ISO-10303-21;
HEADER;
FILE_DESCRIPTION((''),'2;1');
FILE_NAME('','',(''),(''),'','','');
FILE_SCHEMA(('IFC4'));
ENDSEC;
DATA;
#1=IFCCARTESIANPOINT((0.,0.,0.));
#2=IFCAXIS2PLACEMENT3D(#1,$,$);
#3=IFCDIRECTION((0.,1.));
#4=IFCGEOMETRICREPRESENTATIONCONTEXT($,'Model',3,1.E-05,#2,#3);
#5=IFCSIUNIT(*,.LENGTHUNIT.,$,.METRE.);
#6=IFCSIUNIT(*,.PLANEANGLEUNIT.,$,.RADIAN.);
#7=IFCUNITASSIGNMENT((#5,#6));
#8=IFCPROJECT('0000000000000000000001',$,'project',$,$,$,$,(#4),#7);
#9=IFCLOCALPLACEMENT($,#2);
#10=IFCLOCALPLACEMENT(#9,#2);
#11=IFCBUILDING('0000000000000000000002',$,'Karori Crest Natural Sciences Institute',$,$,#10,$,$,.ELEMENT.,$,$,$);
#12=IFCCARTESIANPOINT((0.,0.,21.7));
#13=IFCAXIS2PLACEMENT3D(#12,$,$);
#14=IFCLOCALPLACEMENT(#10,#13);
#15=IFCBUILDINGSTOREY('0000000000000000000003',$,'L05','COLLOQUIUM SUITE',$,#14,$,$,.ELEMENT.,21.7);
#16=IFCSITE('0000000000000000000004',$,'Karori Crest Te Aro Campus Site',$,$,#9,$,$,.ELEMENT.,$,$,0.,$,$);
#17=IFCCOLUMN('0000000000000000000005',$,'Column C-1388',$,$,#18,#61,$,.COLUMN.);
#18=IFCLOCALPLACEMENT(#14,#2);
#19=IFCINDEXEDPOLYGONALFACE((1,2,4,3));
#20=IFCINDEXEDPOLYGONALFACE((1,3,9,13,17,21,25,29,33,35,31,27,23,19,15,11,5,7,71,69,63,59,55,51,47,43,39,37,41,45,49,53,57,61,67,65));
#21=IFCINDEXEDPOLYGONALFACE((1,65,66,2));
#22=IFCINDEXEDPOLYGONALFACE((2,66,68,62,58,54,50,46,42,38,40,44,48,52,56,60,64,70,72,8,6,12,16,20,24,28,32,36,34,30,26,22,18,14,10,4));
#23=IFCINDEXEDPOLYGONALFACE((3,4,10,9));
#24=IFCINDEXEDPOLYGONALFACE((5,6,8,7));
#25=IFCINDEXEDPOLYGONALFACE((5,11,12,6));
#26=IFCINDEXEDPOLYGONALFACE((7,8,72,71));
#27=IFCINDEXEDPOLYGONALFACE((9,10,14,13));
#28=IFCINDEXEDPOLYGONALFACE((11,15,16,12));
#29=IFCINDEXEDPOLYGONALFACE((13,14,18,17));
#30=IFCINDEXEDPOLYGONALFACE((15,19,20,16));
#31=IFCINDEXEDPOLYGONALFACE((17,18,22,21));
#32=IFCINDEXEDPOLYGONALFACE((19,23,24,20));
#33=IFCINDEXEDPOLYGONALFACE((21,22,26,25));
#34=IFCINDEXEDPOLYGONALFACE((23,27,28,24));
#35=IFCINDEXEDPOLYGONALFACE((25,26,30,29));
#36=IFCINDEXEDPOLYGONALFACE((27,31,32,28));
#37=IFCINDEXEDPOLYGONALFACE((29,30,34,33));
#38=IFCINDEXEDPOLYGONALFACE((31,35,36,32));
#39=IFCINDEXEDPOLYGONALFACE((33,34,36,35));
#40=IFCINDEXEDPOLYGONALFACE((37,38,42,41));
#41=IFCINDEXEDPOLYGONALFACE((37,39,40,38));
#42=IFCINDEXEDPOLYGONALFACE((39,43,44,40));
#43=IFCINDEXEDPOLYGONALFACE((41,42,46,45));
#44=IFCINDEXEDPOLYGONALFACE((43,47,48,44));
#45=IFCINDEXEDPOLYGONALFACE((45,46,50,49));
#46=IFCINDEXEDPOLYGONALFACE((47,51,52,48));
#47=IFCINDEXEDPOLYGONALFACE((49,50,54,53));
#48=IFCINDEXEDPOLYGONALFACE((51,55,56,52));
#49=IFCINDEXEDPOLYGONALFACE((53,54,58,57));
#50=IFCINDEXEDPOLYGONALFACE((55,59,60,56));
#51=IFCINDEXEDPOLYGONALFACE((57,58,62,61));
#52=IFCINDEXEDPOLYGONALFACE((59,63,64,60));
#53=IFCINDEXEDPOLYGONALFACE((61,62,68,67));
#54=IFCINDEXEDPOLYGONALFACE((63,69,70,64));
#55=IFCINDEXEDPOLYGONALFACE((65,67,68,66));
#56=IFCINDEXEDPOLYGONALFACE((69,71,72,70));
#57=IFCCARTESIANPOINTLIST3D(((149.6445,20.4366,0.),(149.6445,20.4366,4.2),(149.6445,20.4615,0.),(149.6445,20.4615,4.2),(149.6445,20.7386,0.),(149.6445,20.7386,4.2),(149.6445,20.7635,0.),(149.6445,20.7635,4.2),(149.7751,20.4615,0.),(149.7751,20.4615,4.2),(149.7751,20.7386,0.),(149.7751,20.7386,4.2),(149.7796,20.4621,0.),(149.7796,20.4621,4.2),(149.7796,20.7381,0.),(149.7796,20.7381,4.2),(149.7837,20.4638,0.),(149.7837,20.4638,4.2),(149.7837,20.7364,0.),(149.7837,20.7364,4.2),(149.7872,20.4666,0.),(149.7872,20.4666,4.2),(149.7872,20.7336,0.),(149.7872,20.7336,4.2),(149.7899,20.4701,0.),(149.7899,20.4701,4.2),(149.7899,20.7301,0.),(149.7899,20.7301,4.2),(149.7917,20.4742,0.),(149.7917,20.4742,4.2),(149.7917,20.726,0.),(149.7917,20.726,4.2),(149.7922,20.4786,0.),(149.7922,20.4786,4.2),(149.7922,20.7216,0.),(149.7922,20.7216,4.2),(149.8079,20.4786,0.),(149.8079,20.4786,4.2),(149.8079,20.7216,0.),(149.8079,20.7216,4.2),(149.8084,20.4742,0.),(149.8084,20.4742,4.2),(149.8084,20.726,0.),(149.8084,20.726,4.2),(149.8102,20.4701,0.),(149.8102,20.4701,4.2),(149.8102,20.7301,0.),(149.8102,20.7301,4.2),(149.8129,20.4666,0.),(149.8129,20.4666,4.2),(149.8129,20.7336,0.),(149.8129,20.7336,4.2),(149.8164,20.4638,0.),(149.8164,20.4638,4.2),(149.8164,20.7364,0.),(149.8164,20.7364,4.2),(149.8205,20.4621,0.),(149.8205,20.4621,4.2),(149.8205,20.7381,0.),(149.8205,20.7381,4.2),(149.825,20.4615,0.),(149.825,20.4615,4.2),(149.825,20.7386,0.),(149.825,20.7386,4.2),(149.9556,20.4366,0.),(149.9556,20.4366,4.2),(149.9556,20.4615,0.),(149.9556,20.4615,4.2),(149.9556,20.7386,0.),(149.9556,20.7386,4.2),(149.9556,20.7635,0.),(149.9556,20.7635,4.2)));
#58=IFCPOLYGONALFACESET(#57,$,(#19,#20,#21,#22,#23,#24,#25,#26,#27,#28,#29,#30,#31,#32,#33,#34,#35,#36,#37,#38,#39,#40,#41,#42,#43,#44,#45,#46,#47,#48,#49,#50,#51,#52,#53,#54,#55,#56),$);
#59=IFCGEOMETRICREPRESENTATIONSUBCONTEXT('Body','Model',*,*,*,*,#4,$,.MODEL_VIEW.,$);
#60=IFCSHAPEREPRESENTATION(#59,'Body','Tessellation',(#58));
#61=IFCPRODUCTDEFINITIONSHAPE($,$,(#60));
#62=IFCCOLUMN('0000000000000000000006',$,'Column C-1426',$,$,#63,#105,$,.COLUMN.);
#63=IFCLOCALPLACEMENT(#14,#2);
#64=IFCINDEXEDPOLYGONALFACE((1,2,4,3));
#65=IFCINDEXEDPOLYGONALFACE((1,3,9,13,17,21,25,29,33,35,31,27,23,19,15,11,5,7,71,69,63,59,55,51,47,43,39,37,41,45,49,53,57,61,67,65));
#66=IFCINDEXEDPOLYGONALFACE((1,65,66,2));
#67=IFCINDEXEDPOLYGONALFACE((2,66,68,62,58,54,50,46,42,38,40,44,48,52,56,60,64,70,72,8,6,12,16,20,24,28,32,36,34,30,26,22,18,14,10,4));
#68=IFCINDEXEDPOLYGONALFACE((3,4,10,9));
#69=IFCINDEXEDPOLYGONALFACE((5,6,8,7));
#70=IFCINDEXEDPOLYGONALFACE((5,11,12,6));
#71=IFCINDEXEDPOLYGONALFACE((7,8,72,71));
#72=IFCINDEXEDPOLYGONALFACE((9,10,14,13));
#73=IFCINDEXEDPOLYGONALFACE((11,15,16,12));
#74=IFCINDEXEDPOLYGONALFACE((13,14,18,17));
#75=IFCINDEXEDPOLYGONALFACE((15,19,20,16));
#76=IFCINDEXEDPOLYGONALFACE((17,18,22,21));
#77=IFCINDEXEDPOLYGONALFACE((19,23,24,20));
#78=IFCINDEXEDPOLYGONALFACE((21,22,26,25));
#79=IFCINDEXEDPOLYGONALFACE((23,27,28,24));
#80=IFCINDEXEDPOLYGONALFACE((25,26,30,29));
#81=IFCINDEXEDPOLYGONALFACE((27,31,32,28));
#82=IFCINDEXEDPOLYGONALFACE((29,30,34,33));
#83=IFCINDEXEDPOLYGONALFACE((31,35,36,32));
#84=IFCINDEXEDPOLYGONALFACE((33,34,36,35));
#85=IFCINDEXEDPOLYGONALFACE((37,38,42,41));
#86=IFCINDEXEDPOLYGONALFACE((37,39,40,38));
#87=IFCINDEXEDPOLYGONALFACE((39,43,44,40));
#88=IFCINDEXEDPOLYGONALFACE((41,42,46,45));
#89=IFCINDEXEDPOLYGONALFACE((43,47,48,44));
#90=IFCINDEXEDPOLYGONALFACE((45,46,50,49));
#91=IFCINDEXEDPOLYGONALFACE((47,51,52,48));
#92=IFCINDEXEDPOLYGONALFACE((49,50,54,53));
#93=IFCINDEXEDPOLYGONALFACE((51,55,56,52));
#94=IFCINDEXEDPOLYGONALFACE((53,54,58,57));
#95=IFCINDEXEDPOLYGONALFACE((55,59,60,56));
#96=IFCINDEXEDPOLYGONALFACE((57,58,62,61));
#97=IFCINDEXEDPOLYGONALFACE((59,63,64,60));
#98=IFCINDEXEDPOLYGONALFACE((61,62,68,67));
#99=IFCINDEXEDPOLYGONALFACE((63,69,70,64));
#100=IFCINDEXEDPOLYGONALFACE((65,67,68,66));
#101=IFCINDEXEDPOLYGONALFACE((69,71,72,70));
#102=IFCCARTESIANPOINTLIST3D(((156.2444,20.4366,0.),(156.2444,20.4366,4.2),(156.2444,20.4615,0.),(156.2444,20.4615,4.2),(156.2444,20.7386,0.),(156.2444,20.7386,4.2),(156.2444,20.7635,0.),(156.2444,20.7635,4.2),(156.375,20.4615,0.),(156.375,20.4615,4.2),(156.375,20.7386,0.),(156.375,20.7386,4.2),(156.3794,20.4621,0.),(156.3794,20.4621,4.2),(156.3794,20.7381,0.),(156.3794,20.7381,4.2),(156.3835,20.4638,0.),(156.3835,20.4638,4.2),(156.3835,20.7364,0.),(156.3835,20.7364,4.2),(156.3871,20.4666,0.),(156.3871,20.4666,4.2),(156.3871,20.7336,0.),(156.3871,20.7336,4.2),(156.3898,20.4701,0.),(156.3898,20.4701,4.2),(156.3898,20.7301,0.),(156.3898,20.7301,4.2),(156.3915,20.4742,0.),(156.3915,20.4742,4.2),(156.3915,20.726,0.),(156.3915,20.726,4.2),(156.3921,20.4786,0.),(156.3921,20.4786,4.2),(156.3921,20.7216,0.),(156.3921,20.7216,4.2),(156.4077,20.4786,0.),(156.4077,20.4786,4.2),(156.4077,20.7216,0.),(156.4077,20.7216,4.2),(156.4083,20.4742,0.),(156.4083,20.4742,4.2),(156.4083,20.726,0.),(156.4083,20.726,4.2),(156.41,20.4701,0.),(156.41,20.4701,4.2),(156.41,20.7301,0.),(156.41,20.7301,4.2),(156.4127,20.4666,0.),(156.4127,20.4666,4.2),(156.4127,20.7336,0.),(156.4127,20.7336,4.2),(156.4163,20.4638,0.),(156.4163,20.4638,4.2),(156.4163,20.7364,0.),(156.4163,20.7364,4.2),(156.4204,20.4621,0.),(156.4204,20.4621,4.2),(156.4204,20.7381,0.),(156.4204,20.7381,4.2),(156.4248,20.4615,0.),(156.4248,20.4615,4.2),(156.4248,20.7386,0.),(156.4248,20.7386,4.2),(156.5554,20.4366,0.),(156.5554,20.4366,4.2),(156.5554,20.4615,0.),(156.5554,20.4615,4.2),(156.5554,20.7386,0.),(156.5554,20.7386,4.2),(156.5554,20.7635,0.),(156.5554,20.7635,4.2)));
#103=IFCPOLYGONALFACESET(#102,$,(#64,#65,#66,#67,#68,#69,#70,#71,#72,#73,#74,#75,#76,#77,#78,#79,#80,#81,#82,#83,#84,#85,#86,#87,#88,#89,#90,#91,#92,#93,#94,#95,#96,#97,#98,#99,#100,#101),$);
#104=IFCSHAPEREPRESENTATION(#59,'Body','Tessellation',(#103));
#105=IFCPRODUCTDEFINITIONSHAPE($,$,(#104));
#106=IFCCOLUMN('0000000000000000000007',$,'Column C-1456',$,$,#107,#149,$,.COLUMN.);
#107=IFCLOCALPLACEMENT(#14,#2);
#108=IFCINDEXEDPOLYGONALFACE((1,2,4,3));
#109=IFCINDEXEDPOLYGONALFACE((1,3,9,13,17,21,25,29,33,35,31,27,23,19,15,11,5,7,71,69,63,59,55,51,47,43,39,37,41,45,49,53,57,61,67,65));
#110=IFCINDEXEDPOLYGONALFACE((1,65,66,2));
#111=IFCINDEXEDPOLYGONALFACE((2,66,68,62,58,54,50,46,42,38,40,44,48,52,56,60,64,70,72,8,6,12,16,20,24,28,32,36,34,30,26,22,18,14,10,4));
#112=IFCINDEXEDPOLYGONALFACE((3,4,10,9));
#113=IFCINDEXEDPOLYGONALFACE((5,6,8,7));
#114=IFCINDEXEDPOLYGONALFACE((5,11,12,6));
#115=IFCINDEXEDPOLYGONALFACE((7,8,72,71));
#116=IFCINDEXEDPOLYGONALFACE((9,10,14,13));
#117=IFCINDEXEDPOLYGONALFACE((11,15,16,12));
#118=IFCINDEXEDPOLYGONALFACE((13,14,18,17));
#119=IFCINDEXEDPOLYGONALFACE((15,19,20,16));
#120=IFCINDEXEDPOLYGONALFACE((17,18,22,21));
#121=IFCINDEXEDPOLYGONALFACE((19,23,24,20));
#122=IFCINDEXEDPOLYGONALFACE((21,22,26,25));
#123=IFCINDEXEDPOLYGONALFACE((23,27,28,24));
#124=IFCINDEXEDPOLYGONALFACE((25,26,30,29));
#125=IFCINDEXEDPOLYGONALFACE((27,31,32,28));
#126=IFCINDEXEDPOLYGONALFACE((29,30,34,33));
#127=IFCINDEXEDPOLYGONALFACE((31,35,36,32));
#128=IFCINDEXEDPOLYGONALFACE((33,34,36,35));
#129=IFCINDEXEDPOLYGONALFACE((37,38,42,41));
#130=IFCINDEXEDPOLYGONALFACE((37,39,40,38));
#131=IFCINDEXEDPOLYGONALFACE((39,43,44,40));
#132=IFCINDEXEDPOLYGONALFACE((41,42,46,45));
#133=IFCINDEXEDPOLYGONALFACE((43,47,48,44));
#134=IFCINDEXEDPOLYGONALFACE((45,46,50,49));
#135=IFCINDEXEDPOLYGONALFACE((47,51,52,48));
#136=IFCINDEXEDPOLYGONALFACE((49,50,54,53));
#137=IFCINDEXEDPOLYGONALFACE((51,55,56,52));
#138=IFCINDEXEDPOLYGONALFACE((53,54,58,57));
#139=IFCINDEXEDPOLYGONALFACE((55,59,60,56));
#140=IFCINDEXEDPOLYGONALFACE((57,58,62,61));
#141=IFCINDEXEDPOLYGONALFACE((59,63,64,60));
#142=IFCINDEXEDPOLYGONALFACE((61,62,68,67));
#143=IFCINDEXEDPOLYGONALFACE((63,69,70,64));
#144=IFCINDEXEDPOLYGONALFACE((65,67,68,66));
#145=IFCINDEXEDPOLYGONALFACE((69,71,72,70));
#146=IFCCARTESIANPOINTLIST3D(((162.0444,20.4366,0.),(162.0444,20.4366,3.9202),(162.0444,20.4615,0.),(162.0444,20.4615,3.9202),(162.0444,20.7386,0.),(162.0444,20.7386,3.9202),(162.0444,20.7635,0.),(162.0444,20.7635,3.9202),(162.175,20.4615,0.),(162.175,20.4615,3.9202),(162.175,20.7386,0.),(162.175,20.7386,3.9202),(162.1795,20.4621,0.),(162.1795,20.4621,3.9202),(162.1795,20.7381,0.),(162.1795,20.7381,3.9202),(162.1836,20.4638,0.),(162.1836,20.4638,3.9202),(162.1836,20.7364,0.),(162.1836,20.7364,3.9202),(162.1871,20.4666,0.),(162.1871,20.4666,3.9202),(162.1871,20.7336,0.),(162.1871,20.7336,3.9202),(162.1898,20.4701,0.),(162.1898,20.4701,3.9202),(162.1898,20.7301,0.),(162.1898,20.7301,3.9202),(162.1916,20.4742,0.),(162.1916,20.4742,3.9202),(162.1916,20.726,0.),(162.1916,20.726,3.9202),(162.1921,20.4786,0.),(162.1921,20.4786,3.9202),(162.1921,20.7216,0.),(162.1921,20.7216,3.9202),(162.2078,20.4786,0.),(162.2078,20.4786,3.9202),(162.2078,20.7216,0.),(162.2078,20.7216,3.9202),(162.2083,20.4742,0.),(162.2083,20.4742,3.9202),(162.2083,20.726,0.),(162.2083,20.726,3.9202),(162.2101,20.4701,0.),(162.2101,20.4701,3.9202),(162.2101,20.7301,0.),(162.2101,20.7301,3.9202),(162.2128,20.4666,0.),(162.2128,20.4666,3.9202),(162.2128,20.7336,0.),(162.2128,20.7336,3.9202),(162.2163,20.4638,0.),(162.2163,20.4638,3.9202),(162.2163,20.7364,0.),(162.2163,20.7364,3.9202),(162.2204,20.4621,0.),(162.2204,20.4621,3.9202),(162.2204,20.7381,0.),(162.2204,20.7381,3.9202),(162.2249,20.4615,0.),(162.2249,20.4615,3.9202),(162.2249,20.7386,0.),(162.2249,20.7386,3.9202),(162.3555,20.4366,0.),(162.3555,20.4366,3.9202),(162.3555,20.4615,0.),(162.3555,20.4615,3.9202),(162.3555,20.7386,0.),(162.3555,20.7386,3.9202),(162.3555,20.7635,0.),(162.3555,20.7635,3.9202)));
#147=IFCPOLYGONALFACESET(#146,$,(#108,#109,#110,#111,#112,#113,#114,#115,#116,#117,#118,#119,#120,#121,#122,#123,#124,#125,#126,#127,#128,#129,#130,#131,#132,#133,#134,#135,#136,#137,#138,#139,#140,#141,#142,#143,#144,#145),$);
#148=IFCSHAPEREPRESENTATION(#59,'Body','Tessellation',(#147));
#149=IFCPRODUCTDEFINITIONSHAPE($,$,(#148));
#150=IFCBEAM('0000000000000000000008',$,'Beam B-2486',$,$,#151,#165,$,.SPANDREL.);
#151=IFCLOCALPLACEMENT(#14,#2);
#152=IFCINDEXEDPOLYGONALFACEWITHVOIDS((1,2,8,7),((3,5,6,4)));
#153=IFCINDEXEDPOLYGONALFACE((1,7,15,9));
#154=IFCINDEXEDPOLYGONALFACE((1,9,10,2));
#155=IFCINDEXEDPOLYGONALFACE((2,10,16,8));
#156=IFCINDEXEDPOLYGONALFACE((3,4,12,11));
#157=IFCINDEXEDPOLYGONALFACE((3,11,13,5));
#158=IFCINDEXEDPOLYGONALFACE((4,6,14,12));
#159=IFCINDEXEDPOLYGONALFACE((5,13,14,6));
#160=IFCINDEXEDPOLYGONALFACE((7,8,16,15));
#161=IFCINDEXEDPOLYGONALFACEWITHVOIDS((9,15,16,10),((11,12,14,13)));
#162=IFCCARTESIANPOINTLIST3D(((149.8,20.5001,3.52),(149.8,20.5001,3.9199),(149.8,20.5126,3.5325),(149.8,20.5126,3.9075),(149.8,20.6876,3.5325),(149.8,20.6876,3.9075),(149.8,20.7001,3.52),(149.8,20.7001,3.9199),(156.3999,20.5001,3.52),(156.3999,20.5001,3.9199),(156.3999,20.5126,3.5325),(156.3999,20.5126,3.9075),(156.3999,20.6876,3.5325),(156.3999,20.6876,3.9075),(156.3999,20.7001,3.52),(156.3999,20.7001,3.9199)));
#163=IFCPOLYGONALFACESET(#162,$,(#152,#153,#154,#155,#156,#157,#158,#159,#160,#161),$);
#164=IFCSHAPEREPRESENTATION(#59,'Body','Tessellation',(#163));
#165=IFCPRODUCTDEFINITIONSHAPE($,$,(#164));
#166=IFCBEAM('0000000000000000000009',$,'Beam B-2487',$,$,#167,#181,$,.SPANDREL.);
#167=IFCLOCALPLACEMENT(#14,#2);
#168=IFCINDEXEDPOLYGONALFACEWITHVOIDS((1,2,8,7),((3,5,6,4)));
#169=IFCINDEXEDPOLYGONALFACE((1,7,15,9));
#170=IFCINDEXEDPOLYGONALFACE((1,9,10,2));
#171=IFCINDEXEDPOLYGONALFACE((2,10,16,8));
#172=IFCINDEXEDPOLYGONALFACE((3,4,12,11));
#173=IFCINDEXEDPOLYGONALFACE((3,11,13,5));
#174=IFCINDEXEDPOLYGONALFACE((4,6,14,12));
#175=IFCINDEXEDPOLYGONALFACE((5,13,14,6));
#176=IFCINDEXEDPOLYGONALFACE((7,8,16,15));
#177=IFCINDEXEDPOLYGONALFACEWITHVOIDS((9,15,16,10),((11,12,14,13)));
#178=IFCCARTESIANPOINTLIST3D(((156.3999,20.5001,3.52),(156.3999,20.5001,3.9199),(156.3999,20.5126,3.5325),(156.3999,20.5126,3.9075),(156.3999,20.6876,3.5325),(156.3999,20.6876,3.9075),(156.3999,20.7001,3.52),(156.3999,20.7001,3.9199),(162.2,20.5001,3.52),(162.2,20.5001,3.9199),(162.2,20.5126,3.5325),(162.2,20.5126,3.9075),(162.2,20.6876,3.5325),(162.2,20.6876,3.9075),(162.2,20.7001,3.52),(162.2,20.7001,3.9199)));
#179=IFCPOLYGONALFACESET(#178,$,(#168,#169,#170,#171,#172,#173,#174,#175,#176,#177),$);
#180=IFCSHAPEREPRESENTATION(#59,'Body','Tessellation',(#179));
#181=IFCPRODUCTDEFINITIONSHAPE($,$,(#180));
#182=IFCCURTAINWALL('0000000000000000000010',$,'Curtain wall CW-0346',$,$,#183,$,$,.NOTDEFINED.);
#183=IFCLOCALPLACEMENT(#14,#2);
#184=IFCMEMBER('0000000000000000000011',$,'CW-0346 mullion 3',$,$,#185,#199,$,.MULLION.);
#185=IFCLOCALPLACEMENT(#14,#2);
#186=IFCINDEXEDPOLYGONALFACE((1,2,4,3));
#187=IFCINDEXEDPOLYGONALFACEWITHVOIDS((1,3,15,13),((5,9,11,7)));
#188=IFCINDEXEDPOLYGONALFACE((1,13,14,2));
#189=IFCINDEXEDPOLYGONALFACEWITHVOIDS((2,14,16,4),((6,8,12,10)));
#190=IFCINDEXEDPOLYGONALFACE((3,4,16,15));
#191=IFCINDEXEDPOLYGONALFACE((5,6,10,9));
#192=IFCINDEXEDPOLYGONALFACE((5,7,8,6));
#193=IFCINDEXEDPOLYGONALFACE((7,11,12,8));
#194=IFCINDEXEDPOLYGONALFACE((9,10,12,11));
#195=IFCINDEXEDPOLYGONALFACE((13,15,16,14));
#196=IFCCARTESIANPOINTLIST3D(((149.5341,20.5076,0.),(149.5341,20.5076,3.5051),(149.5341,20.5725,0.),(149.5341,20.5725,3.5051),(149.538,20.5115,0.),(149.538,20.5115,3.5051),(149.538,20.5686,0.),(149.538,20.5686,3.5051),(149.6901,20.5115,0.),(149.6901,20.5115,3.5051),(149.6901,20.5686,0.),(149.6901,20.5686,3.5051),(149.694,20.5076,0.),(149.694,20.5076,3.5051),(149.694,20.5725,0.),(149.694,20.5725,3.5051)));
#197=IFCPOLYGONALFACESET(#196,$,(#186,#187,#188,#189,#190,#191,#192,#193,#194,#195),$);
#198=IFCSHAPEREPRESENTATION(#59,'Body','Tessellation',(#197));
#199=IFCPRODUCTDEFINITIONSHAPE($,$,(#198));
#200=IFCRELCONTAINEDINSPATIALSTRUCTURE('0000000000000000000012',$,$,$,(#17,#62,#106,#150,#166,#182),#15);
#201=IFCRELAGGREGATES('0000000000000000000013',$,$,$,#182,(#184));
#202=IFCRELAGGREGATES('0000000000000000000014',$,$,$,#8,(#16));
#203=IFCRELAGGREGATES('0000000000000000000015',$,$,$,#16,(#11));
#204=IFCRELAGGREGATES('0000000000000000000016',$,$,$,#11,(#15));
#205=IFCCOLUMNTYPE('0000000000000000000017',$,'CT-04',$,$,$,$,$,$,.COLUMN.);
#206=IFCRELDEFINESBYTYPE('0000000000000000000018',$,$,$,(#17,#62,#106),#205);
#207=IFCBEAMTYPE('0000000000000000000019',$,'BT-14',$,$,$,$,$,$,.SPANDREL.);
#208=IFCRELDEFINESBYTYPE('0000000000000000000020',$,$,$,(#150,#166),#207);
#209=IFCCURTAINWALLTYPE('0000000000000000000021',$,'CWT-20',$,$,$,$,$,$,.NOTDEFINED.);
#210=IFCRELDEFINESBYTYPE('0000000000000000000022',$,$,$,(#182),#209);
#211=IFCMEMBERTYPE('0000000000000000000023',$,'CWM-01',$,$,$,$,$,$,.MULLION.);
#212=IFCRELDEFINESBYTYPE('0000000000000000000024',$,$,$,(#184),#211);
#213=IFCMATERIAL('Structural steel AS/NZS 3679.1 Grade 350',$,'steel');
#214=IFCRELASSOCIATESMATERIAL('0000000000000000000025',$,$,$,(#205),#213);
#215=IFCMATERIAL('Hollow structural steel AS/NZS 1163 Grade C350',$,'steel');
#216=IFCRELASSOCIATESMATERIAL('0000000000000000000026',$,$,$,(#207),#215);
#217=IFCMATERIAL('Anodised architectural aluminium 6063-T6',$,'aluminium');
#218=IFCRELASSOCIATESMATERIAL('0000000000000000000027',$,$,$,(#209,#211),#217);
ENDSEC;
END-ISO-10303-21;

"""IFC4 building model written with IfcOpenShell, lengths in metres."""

from ifc_helpers import new_model, si_unit, direction, frame, origin, origin_2d, place, context, subcontext, project, spatial, hollow_rectangle, i_section, extrude, material, material_profile, profile_set, type_object, element, aggregate, save


model = new_model("IFC4")

# Units and contexts
model_context = context("Model", 3, precision=1e-05, world=origin(), true_north=direction((0.0, 1.0)))
body_context = subcontext(model_context, "Body", "Model", "MODEL_VIEW")
ifc_project = project(units=[si_unit("LENGTHUNIT", "METRE"), si_unit("PLANEANGLEUNIT", "RADIAN")], contexts=[model_context])

# Site, building, storey
site_placement = place(None, origin())
site = spatial("IfcSite", under=ifc_project, at=site_placement, Name="Karori Crest Te Aro Campus Site", CompositionType="ELEMENT", RefElevation=0.0)
building_placement = place(site_placement, origin())
building = spatial("IfcBuilding", under=site, at=building_placement, Name="Karori Crest Natural Sciences Institute", CompositionType="ELEMENT")
storey_placement = place(building_placement, frame((0.0, 0.0, 21.7)))
storey = spatial("IfcBuildingStorey", under=building, at=storey_placement, Name="L05", Description="COLLOQUIUM SUITE", CompositionType="ELEMENT", Elevation=21.7)

# Columns
ifc_material_1 = material(Name="Structural steel AS/NZS 3679.1 Grade 350", Category="steel")
ifc_material_profile_1 = material_profile(ifc_material_1, i_section(OverallWidth=0.311, OverallDepth=0.3269, WebThickness=0.0156, FlangeThickness=0.0249, FilletRadius=0.0171, at=origin_2d()), Name="310UC158")
ifc_profile_set_1 = profile_set([ifc_material_profile_1], Name="Structural steel AS/NZS 3679.1 Grade 350")
column_type = type_object("IfcColumnType", Name="CT-04", PredefinedType="COLUMN", material=ifc_profile_set_1)
for number, where, z_axis, x_axis, name in (
    (1, (149.8, 20.6001, 0.0), (0.0, 0.0, 1.0), (1.0, 0.0, 0.0), "Column C-1388"),
    (2, (156.3999, 20.6001, 0.0), (0.0, 0.0, 1.0), (1.0, 0.0, 0.0), "Column C-1426"),
):
    element("IfcColumn", number, at=place(storey_placement, frame(where, z_axis=z_axis, x_axis=x_axis)), inside=storey, type_object=column_type, Name=name, PredefinedType="COLUMN", context=body_context, shape_type="SweptSolid", body=[
        extrude(i_section(OverallWidth=0.311, OverallDepth=0.3269, WebThickness=0.0156, FlangeThickness=0.0249, FilletRadius=0.0171, at=origin_2d()), origin(), (0.0, 0.0, 1.0), 4.2),
    ])
column_placement = place(storey_placement, frame((162.2, 20.6001, 0.0), z_axis=(0.0, 0.0, 1.0), x_axis=(1.0, 0.0, 0.0)))
element("IfcColumn", 3, at=column_placement, inside=storey, type_object=column_type, Name="Column C-1456", PredefinedType="COLUMN", context=body_context, shape_type="SweptSolid", body=[
    extrude(i_section(OverallWidth=0.311, OverallDepth=0.3269, WebThickness=0.0156, FlangeThickness=0.0249, FilletRadius=0.0171, at=origin_2d()), origin(), (0.0, 0.0, 1.0), 3.9202),
])

# Beams
ifc_material_2 = material(Name="Hollow structural steel AS/NZS 1163 Grade C350", Category="steel")
ifc_material_profile_2 = material_profile(ifc_material_2, hollow_rectangle(XDim=0.2, YDim=0.3999, WallThickness=0.0125, at=origin_2d()), Name="RHS400x200x12.5")
ifc_profile_set_2 = profile_set([ifc_material_profile_2], Name="Hollow structural steel AS/NZS 1163 Grade C350")
beam_type = type_object("IfcBeamType", Name="BT-14", PredefinedType="SPANDREL", material=ifc_profile_set_2)
beam_1_placement = place(storey_placement, frame((149.8, 20.6001, 3.72), z_axis=(1.0, 0.0, 0.0), x_axis=(0.0, 1.0, 0.0)))
element("IfcBeam", 4, at=beam_1_placement, inside=storey, type_object=beam_type, Name="Beam B-2486", PredefinedType="SPANDREL", context=body_context, shape_type="SweptSolid", body=[
    extrude(hollow_rectangle(XDim=0.2, YDim=0.3999, WallThickness=0.0125, at=origin_2d()), origin(), (0.0, 0.0, 1.0), 6.5999),
])
beam_2_placement = place(storey_placement, frame((156.3999, 20.6001, 3.72), z_axis=(1.0, 0.0, 0.0), x_axis=(0.0, 1.0, 0.0)))
element("IfcBeam", 5, at=beam_2_placement, inside=storey, type_object=beam_type, Name="Beam B-2487", PredefinedType="SPANDREL", context=body_context, shape_type="SweptSolid", body=[
    extrude(hollow_rectangle(XDim=0.2, YDim=0.3999, WallThickness=0.0125, at=origin_2d()), origin(), (0.0, 0.0, 1.0), 5.8),
])

# Curtain wall, member
ifc_material_3 = material(Name="Anodised architectural aluminium 6063-T6", Category="aluminium")
curtain_wall_type = type_object("IfcCurtainWallType", Name="CWT-20", PredefinedType="NOTDEFINED", material=ifc_material_3)
curtain_wall_1_placement = place(storey_placement, origin())
curtain_wall_1 = element("IfcCurtainWall", 6, at=curtain_wall_1_placement, inside=storey, type_object=curtain_wall_type, Name="Curtain wall CW-0346", PredefinedType="NOTDEFINED")
ifc_material_profile_3 = material_profile(ifc_material_3, hollow_rectangle(XDim=0.0649, YDim=0.1599, WallThickness=0.0039, at=origin_2d()), Name="CWM160x65x4")
ifc_profile_set_3 = profile_set([ifc_material_profile_3], Name="Anodised architectural aluminium 6063-T6")
member_type_1 = type_object("IfcMemberType", Name="CWM-01", PredefinedType="MULLION", material=ifc_profile_set_3)
member_1_placement = place(storey_placement, frame((149.614, 20.54, 0.0), z_axis=(0.0, 0.0, 1.0), x_axis=(0.0, 1.0, 0.0)))
member_1 = element("IfcMember", 7, at=member_1_placement, type_object=member_type_1, Name="CW-0346 mullion 3", PredefinedType="MULLION", context=body_context, shape_type="SweptSolid", body=[
    extrude(hollow_rectangle(XDim=0.0649, YDim=0.1599, WallThickness=0.0039, at=origin_2d()), origin(), (0.0, 0.0, 1.0), 3.5051),
])

aggregate(curtain_wall_1, [member_1])

save(model, "model.ifc")
